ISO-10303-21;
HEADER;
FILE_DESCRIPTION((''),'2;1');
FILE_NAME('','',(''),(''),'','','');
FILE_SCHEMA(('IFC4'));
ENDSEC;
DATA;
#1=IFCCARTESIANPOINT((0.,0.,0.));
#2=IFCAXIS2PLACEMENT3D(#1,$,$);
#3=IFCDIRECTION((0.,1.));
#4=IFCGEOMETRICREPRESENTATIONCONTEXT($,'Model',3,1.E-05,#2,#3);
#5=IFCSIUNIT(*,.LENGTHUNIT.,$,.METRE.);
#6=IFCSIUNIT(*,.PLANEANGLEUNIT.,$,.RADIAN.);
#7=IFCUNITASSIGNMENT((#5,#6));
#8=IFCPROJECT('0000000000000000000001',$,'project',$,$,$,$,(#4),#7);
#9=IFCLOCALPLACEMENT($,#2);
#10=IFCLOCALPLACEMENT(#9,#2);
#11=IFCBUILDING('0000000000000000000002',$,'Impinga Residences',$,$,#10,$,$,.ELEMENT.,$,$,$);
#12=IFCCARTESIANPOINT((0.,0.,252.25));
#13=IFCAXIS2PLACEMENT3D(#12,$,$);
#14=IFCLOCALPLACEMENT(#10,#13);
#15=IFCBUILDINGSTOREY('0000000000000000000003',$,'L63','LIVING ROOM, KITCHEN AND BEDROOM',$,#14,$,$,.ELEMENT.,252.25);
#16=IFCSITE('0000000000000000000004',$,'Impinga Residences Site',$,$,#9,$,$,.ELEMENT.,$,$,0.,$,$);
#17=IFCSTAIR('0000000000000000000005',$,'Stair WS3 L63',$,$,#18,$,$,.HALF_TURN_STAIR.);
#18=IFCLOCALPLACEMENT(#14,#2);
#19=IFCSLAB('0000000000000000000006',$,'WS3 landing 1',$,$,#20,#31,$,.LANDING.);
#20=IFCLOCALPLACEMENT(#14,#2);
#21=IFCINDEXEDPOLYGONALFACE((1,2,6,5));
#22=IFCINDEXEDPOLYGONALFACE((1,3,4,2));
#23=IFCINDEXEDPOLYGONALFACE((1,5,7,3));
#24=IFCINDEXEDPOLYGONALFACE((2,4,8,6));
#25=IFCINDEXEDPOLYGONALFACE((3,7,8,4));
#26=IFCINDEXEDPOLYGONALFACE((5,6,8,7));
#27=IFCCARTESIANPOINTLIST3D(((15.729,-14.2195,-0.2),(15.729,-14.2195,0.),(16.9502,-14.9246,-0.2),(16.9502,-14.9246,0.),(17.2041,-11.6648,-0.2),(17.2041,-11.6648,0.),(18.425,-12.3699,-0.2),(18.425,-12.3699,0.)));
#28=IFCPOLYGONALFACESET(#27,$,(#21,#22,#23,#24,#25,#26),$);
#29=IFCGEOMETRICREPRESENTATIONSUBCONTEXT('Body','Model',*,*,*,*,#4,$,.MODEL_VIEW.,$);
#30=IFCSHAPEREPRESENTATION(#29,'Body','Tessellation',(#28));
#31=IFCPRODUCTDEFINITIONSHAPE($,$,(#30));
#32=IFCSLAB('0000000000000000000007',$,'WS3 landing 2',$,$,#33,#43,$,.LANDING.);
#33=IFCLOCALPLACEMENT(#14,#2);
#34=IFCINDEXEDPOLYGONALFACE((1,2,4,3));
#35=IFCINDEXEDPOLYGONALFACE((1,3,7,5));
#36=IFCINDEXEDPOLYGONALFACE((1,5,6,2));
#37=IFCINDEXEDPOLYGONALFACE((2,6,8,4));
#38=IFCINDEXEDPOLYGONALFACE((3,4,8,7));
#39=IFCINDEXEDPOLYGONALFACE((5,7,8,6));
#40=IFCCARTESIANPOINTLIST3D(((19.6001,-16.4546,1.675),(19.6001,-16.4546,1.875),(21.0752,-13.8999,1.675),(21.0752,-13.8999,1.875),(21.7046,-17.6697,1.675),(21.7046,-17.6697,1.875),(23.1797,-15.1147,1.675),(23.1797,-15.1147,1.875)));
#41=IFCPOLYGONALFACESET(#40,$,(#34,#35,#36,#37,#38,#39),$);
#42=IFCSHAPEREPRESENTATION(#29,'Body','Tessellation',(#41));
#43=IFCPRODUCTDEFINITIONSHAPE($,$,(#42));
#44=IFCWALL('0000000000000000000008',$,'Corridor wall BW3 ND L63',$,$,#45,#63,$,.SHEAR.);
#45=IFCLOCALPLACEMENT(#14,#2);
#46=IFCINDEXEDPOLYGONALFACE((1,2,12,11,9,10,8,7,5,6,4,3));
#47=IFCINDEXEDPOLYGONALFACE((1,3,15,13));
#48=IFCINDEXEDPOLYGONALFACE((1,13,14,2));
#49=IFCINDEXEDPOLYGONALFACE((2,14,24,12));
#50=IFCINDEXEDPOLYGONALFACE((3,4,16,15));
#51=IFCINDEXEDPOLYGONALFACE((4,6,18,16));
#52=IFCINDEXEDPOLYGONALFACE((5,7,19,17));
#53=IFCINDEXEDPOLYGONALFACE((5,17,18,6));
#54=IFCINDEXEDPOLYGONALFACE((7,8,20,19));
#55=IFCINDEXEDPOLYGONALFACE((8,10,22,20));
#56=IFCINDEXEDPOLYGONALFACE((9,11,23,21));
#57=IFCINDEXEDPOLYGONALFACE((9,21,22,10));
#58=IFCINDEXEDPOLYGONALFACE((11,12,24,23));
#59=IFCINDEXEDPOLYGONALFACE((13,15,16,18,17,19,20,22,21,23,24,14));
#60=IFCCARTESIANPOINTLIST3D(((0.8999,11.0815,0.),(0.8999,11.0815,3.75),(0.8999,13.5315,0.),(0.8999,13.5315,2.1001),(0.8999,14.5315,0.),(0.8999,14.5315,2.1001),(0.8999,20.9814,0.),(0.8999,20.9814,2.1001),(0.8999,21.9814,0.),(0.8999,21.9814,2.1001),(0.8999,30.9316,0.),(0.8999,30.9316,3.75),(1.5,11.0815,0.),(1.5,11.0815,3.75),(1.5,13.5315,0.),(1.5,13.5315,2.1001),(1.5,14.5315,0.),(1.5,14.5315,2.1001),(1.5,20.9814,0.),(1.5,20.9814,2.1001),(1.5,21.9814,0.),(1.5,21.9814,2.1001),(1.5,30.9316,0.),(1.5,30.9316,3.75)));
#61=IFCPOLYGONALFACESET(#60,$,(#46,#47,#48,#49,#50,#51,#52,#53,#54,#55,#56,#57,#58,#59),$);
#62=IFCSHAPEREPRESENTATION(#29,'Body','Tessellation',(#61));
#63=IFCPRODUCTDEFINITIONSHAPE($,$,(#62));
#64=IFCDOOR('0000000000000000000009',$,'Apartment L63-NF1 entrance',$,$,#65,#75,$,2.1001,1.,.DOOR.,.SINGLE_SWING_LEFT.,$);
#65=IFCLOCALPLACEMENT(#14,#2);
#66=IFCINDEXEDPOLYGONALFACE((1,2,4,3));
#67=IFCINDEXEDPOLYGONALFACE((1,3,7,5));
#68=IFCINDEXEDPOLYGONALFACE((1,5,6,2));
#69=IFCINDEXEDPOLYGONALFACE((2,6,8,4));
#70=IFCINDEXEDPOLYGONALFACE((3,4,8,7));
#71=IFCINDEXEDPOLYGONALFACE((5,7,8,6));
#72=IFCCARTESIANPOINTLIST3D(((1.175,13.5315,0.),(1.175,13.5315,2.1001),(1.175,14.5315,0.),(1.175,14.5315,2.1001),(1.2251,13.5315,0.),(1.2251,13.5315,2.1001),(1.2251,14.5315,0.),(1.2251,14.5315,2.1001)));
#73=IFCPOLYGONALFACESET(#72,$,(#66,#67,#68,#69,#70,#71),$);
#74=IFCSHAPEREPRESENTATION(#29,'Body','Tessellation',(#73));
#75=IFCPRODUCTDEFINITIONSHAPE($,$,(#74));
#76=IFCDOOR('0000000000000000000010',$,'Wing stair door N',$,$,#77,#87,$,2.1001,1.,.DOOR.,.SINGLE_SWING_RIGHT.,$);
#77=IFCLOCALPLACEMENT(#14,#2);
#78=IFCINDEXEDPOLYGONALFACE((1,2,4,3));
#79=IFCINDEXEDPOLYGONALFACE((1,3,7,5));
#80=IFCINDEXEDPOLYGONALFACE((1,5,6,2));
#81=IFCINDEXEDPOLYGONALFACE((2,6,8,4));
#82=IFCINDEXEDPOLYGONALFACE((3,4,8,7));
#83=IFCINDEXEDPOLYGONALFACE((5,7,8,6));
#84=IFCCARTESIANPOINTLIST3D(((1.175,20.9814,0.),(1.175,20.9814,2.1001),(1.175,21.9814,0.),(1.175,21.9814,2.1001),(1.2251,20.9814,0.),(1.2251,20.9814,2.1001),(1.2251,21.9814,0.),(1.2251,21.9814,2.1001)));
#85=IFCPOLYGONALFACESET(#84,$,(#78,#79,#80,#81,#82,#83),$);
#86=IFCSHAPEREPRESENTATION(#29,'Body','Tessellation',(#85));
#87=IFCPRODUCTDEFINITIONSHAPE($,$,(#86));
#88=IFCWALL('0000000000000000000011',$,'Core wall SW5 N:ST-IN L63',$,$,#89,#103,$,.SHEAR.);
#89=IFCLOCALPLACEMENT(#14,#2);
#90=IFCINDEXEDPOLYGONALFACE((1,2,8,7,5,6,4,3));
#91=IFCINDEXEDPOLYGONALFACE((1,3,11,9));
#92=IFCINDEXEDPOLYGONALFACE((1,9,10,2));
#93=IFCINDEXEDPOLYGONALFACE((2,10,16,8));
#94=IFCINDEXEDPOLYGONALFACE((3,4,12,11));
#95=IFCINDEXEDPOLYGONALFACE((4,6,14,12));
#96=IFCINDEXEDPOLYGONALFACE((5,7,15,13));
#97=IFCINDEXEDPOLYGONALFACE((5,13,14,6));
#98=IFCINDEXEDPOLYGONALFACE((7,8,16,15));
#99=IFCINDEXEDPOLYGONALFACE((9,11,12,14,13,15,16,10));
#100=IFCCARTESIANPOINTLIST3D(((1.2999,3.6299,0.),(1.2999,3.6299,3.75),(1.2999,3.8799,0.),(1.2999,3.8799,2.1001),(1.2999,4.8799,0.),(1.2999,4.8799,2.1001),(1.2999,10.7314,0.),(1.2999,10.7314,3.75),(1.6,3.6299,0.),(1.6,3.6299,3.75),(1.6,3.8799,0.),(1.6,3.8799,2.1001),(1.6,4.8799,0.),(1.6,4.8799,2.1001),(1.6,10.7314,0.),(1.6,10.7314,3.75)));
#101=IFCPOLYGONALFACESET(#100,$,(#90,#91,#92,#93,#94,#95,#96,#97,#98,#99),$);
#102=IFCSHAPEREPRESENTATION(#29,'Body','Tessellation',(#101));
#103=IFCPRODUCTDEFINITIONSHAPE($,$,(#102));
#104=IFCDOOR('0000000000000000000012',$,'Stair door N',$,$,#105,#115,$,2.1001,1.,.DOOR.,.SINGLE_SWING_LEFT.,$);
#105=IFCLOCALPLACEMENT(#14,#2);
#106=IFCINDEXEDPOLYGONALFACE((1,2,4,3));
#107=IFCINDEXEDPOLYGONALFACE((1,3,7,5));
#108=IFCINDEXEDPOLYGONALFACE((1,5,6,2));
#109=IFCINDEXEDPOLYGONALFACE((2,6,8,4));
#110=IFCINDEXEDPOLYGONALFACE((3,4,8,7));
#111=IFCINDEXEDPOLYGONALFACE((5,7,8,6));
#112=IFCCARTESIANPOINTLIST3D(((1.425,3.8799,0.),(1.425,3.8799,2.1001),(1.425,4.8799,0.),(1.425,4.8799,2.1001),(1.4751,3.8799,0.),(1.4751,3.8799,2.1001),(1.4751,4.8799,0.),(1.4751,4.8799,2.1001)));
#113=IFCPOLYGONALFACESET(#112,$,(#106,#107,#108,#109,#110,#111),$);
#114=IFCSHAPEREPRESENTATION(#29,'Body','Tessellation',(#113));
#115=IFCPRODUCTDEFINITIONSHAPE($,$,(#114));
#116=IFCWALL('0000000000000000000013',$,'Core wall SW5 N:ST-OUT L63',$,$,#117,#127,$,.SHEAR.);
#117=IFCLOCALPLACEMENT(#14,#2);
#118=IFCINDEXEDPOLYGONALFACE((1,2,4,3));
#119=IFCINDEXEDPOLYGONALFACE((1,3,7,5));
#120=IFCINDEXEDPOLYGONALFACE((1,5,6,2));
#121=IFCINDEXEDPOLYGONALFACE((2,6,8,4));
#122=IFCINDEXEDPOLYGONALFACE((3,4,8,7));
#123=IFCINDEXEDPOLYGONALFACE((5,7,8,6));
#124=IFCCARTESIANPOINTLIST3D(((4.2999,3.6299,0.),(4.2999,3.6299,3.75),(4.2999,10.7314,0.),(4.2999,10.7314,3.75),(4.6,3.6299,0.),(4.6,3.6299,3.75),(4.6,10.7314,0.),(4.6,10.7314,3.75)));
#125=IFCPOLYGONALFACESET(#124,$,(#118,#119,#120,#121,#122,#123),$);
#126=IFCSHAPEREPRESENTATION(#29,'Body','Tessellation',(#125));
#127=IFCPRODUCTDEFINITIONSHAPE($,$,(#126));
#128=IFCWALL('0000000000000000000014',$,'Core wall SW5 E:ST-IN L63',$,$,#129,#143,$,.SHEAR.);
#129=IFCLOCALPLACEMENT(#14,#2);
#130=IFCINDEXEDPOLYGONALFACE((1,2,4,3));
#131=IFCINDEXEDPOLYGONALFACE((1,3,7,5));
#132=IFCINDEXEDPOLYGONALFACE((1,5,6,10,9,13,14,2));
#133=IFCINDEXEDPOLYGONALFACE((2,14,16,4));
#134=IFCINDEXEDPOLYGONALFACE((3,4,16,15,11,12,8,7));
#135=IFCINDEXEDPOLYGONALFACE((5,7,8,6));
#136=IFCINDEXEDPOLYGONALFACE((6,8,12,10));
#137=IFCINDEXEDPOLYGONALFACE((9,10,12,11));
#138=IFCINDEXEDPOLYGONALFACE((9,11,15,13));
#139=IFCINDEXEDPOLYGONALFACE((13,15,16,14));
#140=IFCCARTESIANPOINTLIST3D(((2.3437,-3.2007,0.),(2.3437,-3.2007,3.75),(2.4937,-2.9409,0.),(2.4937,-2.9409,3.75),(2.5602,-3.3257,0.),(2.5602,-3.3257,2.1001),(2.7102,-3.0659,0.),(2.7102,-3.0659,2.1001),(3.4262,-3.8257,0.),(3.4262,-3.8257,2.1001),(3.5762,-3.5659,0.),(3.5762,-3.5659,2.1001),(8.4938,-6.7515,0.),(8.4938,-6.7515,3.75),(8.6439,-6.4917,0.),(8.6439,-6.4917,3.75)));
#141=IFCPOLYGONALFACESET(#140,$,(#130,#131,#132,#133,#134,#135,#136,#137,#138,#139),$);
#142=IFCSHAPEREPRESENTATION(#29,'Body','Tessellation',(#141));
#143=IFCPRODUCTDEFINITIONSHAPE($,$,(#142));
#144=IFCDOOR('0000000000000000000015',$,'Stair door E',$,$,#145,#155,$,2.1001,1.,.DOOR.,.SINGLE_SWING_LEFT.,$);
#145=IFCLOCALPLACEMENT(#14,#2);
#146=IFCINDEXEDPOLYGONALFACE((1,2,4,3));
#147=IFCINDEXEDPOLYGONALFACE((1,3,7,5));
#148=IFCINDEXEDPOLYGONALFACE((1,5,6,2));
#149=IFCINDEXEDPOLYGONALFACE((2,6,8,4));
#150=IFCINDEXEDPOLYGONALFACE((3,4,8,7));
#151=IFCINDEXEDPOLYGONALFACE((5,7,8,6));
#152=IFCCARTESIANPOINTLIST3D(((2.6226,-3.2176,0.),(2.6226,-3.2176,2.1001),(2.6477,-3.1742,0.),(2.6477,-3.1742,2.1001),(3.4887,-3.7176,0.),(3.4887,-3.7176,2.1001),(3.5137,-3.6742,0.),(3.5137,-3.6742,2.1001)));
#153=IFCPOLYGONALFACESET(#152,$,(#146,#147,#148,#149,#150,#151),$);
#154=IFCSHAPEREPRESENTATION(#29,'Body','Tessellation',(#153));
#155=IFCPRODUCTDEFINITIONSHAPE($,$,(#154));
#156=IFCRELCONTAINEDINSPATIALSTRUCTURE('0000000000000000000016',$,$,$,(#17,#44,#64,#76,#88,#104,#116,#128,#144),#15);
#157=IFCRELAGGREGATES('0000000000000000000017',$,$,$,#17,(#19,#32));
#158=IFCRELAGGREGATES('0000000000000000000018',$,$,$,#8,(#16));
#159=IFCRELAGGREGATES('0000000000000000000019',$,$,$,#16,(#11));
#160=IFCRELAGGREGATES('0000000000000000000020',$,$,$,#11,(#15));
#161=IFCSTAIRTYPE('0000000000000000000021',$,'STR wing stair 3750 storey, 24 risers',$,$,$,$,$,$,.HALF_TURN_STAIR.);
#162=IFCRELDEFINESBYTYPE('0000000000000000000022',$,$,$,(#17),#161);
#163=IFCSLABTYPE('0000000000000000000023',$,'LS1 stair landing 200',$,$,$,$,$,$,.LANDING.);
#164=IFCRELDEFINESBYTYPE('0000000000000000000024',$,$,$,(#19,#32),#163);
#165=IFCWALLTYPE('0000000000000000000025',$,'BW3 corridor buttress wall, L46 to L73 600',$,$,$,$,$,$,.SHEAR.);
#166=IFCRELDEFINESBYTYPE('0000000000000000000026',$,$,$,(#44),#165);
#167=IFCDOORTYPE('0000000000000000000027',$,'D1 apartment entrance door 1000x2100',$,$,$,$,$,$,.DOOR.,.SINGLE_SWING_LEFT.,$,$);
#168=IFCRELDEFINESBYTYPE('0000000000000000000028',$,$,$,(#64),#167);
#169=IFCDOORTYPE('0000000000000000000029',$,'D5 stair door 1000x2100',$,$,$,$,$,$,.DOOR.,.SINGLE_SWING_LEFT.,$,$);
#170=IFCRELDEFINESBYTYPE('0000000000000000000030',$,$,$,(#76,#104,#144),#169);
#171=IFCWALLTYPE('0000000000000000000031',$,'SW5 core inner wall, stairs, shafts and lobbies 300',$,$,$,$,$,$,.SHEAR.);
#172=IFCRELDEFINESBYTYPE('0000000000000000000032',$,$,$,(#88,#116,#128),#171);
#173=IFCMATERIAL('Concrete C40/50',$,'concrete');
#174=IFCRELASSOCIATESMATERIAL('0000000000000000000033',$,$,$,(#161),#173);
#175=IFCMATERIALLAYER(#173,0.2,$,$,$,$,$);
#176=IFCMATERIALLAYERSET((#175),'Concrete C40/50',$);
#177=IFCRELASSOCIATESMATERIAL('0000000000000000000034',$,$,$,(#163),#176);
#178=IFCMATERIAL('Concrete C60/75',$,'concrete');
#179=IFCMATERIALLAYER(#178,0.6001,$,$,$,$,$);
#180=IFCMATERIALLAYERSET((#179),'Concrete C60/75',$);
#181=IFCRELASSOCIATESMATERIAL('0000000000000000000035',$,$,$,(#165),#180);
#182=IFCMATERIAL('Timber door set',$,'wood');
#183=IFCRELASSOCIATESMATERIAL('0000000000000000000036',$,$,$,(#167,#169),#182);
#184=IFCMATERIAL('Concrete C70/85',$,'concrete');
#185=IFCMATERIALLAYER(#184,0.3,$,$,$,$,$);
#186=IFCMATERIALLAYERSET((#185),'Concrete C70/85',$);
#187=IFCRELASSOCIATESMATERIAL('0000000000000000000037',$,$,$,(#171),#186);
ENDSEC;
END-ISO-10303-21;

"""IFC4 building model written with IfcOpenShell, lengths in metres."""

from ifc_helpers import new_model, si_unit, direction, frame, frame_2d, origin, place, context, subcontext, project, spatial, polyline, rectangle, outline, extrude, material, layer, layer_set, type_object, element, fill, aggregate, save


model = new_model("IFC4")

# Units and contexts
model_context = context("Model", 3, precision=1e-05, world=origin(), true_north=direction((0.0, 1.0)))
body_context = subcontext(model_context, "Body", "Model", "MODEL_VIEW")
ifc_project = project(units=[si_unit("LENGTHUNIT", "METRE"), si_unit("PLANEANGLEUNIT", "RADIAN")], contexts=[model_context])

# Site, building, storey
site_placement = place(None, origin())
site = spatial("IfcSite", under=ifc_project, at=site_placement, Name="Impinga Residences Site", CompositionType="ELEMENT", RefElevation=0.0)
building_placement = place(site_placement, origin())
building = spatial("IfcBuilding", under=site, at=building_placement, Name="Impinga Residences", CompositionType="ELEMENT")
storey_placement = place(building_placement, frame((0.0, 0.0, 252.25)))
storey = spatial("IfcBuildingStorey", under=building, at=storey_placement, Name="L63", Description="LIVING ROOM, KITCHEN AND BEDROOM", CompositionType="ELEMENT", Elevation=252.25)

# Stair, slabs
ifc_material_1 = material(Name="Concrete C40/50", Category="concrete")
stair_type_1 = type_object("IfcStairType", Name="STR wing stair 3750 storey, 24 risers", PredefinedType="HALF_TURN_STAIR", material=ifc_material_1)
stair_1_placement = place(storey_placement, origin())
stair_1 = element("IfcStair", 1, at=stair_1_placement, inside=storey, type_object=stair_type_1, Name="Stair WS3 L63", PredefinedType="HALF_TURN_STAIR")
ifc_layer_1 = layer(ifc_material_1, 0.2)
ifc_layer_set_1 = layer_set([ifc_layer_1], Name="Concrete C40/50")
slab_type = type_object("IfcSlabType", Name="LS1 stair landing 200", PredefinedType="LANDING", material=ifc_layer_set_1)
slab_1_placement = place(storey_placement, frame((0.0, 0.0, -0.2)))
slab_1 = element("IfcSlab", 2, at=slab_1_placement, type_object=slab_type, Name="WS3 landing 1", PredefinedType="LANDING", context=body_context, shape_type="SweptSolid", body=[
    extrude(outline(polyline([(17.2041, -11.6648), (15.729, -14.2195), (16.9502, -14.9246), (18.425, -12.3699), (17.2041, -11.6648)])), origin(), (0.0, 0.0, 1.0), 0.2),
])
slab_2_placement = place(storey_placement, frame((0.0, 0.0, 1.675)))
slab_2 = element("IfcSlab", 3, at=slab_2_placement, type_object=slab_type, Name="WS3 landing 2", PredefinedType="LANDING", context=body_context, shape_type="SweptSolid", body=[
    extrude(outline(polyline([(21.0752, -13.8999), (19.6001, -16.4546), (21.7046, -17.6697), (23.1797, -15.1147), (21.0752, -13.8999)])), origin(), (0.0, 0.0, 1.0), 0.2),
])
aggregate(stair_1, [slab_1, slab_2])

# Wall, openings, doors
ifc_material_2 = material(Name="Concrete C60/75", Category="concrete")
ifc_layer_2 = layer(ifc_material_2, 0.6001)
ifc_layer_set_2 = layer_set([ifc_layer_2], Name="Concrete C60/75")
wall_type_1 = type_object("IfcWallType", Name="BW3 corridor buttress wall, L46 to L73 600", PredefinedType="SHEAR", material=ifc_layer_set_2)
wall_1_placement = place(storey_placement, frame((1.2, 11.0815, 0.0), z_axis=(0.0, 0.0, 1.0), x_axis=(0.0, 1.0, 0.0)))
wall_1 = element("IfcWall", 4, at=wall_1_placement, inside=storey, type_object=wall_type_1, Name="Corridor wall BW3 ND L63", PredefinedType="SHEAR", context=body_context, shape_type="SweptSolid", body=[
    extrude(rectangle(XDim=19.8501, YDim=0.6001, at=frame_2d((9.925, 0.0))), origin(), (0.0, 0.0, 1.0), 3.75),
])
opening_1_placement = place(wall_1_placement, frame((9.8999, 0.0, 0.0)))
opening_1 = element("IfcOpeningElement", 5, at=opening_1_placement, cuts=wall_1, PredefinedType="OPENING", context=body_context, shape_type="SweptSolid", body=[
    extrude(rectangle(XDim=1.0, YDim=2.1001, at=frame_2d((0.5, 1.05))), frame((0.0, 0.3101, 0.0), z_axis=(0.0, -1.0, 0.0), x_axis=(1.0, 0.0, 0.0)), (0.0, 0.0, 1.0), 0.6201),
])
opening_2_placement = place(wall_1_placement, frame((2.45, 0.0, 0.0)))
opening_2 = element("IfcOpeningElement", 6, at=opening_2_placement, cuts=wall_1, PredefinedType="OPENING", context=body_context, shape_type="SweptSolid", body=[
    extrude(rectangle(XDim=1.0, YDim=2.1001, at=frame_2d((0.5, 1.05))), frame((0.0, 0.3101, 0.0), z_axis=(0.0, -1.0, 0.0), x_axis=(1.0, 0.0, 0.0)), (0.0, 0.0, 1.0), 0.6201),
])
ifc_material_3 = material(Name="Timber door set", Category="wood")
door_type_1 = type_object("IfcDoorType", Name="D1 apartment entrance door 1000x2100", OperationType="SINGLE_SWING_LEFT", PredefinedType="DOOR", material=ifc_material_3)
door_1_placement = place(opening_2_placement, origin())
door_1 = element("IfcDoor", 7, at=door_1_placement, inside=storey, type_object=door_type_1, Name="Apartment L63-NF1 entrance", OperationType="SINGLE_SWING_LEFT", OverallHeight=2.1001, OverallWidth=1.0, PredefinedType="DOOR", context=body_context, shape_type="SweptSolid", body=[
    extrude(rectangle(XDim=1.0, YDim=2.1001, at=frame_2d((0.5, 1.05))), frame((0.0, 0.0249, 0.0), z_axis=(0.0, -1.0, 0.0), x_axis=(1.0, 0.0, 0.0)), (0.0, 0.0, 1.0), 0.05),
])
fill(opening_2, door_1)
door_type_2 = type_object("IfcDoorType", Name="D5 stair door 1000x2100", OperationType="SINGLE_SWING_LEFT", PredefinedType="DOOR", material=ifc_material_3)
door_2_placement = place(opening_1_placement, origin())
door_2 = element("IfcDoor", 8, at=door_2_placement, inside=storey, type_object=door_type_2, Name="Wing stair door N", OperationType="SINGLE_SWING_RIGHT", OverallHeight=2.1001, OverallWidth=1.0, PredefinedType="DOOR", context=body_context, shape_type="SweptSolid", body=[
    extrude(rectangle(XDim=1.0, YDim=2.1001, at=frame_2d((0.5, 1.05))), frame((0.0, 0.0249, 0.0), z_axis=(0.0, -1.0, 0.0), x_axis=(1.0, 0.0, 0.0)), (0.0, 0.0, 1.0), 0.05),
])
fill(opening_1, door_2)

# Wall, opening, door
ifc_material_4 = material(Name="Concrete C70/85", Category="concrete")
ifc_layer_3 = layer(ifc_material_4, 0.3)
ifc_layer_set_3 = layer_set([ifc_layer_3], Name="Concrete C70/85")
wall_type_2 = type_object("IfcWallType", Name="SW5 core inner wall, stairs, shafts and lobbies 300", PredefinedType="SHEAR", material=ifc_layer_set_3)
wall_2_placement = place(storey_placement, frame((1.45, 3.6299, 0.0), z_axis=(0.0, 0.0, 1.0), x_axis=(0.0, 1.0, 0.0)))
wall_2 = element("IfcWall", 9, at=wall_2_placement, inside=storey, type_object=wall_type_2, Name="Core wall SW5 N:ST-IN L63", PredefinedType="SHEAR", context=body_context, shape_type="SweptSolid", body=[
    extrude(rectangle(XDim=7.1016, YDim=0.3, at=frame_2d((3.5508, 0.0))), origin(), (0.0, 0.0, 1.0), 3.75),
])
opening_3_placement = place(wall_2_placement, frame((0.25, 0.0, 0.0)))
opening_3 = element("IfcOpeningElement", 10, at=opening_3_placement, cuts=wall_2, PredefinedType="OPENING", context=body_context, shape_type="SweptSolid", body=[
    extrude(rectangle(XDim=1.0, YDim=2.1001, at=frame_2d((0.5, 1.05))), frame((0.0, 0.1599, 0.0), z_axis=(0.0, -1.0, 0.0), x_axis=(1.0, 0.0, 0.0)), (0.0, 0.0, 1.0), 0.3201),
])
door_3_placement = place(opening_3_placement, origin())
door_3 = element("IfcDoor", 11, at=door_3_placement, inside=storey, type_object=door_type_2, Name="Stair door N", OperationType="SINGLE_SWING_LEFT", OverallHeight=2.1001, OverallWidth=1.0, PredefinedType="DOOR", context=body_context, shape_type="SweptSolid", body=[
    extrude(rectangle(XDim=1.0, YDim=2.1001, at=frame_2d((0.5, 1.05))), frame((0.0, 0.0249, 0.0), z_axis=(0.0, -1.0, 0.0), x_axis=(1.0, 0.0, 0.0)), (0.0, 0.0, 1.0), 0.05),
])
fill(opening_3, door_3)

# Wall
wall_3_placement = place(storey_placement, frame((4.45, 3.6299, 0.0), z_axis=(0.0, 0.0, 1.0), x_axis=(0.0, 1.0, 0.0)))
element("IfcWall", 12, at=wall_3_placement, inside=storey, type_object=wall_type_2, Name="Core wall SW5 N:ST-OUT L63", PredefinedType="SHEAR", context=body_context, shape_type="SweptSolid", body=[
    extrude(rectangle(XDim=7.1016, YDim=0.3, at=frame_2d((3.5508, 0.0))), origin(), (0.0, 0.0, 1.0), 3.75),
])

# Wall, opening, door
wall_4_placement = place(storey_placement, frame((2.4187, -3.0708, 0.0), z_axis=(0.0, 0.0, 1.0), x_axis=(0.866026, -0.499999, 0.0)))
wall_4 = element("IfcWall", 13, at=wall_4_placement, inside=storey, type_object=wall_type_2, Name="Core wall SW5 E:ST-IN L63", PredefinedType="SHEAR", context=body_context, shape_type="SweptSolid", body=[
    extrude(rectangle(XDim=7.1016, YDim=0.3, at=frame_2d((3.5508, 0.0))), origin(), (0.0, 0.0, 1.0), 3.75),
])
opening_4_placement = place(wall_4_placement, frame((0.25, 0.0, 0.0)))
opening_4 = element("IfcOpeningElement", 14, at=opening_4_placement, cuts=wall_4, PredefinedType="OPENING", context=body_context, shape_type="SweptSolid", body=[
    extrude(rectangle(XDim=1.0, YDim=2.1001, at=frame_2d((0.5, 1.05))), frame((0.0, 0.1599, 0.0), z_axis=(0.0, -1.0, 0.0), x_axis=(1.0, 0.0, 0.0)), (0.0, 0.0, 1.0), 0.3201),
])
door_4_placement = place(opening_4_placement, origin())
door_4 = element("IfcDoor", 15, at=door_4_placement, inside=storey, type_object=door_type_2, Name="Stair door E", OperationType="SINGLE_SWING_LEFT", OverallHeight=2.1001, OverallWidth=1.0, PredefinedType="DOOR", context=body_context, shape_type="SweptSolid", body=[
    extrude(rectangle(XDim=1.0, YDim=2.1001, at=frame_2d((0.5, 1.05))), frame((0.0, 0.0249, 0.0), z_axis=(0.0, -1.0, 0.0), x_axis=(1.0, 0.0, 0.0)), (0.0, 0.0, 1.0), 0.05),
])
fill(opening_4, door_4)

save(model, "model.ifc")
